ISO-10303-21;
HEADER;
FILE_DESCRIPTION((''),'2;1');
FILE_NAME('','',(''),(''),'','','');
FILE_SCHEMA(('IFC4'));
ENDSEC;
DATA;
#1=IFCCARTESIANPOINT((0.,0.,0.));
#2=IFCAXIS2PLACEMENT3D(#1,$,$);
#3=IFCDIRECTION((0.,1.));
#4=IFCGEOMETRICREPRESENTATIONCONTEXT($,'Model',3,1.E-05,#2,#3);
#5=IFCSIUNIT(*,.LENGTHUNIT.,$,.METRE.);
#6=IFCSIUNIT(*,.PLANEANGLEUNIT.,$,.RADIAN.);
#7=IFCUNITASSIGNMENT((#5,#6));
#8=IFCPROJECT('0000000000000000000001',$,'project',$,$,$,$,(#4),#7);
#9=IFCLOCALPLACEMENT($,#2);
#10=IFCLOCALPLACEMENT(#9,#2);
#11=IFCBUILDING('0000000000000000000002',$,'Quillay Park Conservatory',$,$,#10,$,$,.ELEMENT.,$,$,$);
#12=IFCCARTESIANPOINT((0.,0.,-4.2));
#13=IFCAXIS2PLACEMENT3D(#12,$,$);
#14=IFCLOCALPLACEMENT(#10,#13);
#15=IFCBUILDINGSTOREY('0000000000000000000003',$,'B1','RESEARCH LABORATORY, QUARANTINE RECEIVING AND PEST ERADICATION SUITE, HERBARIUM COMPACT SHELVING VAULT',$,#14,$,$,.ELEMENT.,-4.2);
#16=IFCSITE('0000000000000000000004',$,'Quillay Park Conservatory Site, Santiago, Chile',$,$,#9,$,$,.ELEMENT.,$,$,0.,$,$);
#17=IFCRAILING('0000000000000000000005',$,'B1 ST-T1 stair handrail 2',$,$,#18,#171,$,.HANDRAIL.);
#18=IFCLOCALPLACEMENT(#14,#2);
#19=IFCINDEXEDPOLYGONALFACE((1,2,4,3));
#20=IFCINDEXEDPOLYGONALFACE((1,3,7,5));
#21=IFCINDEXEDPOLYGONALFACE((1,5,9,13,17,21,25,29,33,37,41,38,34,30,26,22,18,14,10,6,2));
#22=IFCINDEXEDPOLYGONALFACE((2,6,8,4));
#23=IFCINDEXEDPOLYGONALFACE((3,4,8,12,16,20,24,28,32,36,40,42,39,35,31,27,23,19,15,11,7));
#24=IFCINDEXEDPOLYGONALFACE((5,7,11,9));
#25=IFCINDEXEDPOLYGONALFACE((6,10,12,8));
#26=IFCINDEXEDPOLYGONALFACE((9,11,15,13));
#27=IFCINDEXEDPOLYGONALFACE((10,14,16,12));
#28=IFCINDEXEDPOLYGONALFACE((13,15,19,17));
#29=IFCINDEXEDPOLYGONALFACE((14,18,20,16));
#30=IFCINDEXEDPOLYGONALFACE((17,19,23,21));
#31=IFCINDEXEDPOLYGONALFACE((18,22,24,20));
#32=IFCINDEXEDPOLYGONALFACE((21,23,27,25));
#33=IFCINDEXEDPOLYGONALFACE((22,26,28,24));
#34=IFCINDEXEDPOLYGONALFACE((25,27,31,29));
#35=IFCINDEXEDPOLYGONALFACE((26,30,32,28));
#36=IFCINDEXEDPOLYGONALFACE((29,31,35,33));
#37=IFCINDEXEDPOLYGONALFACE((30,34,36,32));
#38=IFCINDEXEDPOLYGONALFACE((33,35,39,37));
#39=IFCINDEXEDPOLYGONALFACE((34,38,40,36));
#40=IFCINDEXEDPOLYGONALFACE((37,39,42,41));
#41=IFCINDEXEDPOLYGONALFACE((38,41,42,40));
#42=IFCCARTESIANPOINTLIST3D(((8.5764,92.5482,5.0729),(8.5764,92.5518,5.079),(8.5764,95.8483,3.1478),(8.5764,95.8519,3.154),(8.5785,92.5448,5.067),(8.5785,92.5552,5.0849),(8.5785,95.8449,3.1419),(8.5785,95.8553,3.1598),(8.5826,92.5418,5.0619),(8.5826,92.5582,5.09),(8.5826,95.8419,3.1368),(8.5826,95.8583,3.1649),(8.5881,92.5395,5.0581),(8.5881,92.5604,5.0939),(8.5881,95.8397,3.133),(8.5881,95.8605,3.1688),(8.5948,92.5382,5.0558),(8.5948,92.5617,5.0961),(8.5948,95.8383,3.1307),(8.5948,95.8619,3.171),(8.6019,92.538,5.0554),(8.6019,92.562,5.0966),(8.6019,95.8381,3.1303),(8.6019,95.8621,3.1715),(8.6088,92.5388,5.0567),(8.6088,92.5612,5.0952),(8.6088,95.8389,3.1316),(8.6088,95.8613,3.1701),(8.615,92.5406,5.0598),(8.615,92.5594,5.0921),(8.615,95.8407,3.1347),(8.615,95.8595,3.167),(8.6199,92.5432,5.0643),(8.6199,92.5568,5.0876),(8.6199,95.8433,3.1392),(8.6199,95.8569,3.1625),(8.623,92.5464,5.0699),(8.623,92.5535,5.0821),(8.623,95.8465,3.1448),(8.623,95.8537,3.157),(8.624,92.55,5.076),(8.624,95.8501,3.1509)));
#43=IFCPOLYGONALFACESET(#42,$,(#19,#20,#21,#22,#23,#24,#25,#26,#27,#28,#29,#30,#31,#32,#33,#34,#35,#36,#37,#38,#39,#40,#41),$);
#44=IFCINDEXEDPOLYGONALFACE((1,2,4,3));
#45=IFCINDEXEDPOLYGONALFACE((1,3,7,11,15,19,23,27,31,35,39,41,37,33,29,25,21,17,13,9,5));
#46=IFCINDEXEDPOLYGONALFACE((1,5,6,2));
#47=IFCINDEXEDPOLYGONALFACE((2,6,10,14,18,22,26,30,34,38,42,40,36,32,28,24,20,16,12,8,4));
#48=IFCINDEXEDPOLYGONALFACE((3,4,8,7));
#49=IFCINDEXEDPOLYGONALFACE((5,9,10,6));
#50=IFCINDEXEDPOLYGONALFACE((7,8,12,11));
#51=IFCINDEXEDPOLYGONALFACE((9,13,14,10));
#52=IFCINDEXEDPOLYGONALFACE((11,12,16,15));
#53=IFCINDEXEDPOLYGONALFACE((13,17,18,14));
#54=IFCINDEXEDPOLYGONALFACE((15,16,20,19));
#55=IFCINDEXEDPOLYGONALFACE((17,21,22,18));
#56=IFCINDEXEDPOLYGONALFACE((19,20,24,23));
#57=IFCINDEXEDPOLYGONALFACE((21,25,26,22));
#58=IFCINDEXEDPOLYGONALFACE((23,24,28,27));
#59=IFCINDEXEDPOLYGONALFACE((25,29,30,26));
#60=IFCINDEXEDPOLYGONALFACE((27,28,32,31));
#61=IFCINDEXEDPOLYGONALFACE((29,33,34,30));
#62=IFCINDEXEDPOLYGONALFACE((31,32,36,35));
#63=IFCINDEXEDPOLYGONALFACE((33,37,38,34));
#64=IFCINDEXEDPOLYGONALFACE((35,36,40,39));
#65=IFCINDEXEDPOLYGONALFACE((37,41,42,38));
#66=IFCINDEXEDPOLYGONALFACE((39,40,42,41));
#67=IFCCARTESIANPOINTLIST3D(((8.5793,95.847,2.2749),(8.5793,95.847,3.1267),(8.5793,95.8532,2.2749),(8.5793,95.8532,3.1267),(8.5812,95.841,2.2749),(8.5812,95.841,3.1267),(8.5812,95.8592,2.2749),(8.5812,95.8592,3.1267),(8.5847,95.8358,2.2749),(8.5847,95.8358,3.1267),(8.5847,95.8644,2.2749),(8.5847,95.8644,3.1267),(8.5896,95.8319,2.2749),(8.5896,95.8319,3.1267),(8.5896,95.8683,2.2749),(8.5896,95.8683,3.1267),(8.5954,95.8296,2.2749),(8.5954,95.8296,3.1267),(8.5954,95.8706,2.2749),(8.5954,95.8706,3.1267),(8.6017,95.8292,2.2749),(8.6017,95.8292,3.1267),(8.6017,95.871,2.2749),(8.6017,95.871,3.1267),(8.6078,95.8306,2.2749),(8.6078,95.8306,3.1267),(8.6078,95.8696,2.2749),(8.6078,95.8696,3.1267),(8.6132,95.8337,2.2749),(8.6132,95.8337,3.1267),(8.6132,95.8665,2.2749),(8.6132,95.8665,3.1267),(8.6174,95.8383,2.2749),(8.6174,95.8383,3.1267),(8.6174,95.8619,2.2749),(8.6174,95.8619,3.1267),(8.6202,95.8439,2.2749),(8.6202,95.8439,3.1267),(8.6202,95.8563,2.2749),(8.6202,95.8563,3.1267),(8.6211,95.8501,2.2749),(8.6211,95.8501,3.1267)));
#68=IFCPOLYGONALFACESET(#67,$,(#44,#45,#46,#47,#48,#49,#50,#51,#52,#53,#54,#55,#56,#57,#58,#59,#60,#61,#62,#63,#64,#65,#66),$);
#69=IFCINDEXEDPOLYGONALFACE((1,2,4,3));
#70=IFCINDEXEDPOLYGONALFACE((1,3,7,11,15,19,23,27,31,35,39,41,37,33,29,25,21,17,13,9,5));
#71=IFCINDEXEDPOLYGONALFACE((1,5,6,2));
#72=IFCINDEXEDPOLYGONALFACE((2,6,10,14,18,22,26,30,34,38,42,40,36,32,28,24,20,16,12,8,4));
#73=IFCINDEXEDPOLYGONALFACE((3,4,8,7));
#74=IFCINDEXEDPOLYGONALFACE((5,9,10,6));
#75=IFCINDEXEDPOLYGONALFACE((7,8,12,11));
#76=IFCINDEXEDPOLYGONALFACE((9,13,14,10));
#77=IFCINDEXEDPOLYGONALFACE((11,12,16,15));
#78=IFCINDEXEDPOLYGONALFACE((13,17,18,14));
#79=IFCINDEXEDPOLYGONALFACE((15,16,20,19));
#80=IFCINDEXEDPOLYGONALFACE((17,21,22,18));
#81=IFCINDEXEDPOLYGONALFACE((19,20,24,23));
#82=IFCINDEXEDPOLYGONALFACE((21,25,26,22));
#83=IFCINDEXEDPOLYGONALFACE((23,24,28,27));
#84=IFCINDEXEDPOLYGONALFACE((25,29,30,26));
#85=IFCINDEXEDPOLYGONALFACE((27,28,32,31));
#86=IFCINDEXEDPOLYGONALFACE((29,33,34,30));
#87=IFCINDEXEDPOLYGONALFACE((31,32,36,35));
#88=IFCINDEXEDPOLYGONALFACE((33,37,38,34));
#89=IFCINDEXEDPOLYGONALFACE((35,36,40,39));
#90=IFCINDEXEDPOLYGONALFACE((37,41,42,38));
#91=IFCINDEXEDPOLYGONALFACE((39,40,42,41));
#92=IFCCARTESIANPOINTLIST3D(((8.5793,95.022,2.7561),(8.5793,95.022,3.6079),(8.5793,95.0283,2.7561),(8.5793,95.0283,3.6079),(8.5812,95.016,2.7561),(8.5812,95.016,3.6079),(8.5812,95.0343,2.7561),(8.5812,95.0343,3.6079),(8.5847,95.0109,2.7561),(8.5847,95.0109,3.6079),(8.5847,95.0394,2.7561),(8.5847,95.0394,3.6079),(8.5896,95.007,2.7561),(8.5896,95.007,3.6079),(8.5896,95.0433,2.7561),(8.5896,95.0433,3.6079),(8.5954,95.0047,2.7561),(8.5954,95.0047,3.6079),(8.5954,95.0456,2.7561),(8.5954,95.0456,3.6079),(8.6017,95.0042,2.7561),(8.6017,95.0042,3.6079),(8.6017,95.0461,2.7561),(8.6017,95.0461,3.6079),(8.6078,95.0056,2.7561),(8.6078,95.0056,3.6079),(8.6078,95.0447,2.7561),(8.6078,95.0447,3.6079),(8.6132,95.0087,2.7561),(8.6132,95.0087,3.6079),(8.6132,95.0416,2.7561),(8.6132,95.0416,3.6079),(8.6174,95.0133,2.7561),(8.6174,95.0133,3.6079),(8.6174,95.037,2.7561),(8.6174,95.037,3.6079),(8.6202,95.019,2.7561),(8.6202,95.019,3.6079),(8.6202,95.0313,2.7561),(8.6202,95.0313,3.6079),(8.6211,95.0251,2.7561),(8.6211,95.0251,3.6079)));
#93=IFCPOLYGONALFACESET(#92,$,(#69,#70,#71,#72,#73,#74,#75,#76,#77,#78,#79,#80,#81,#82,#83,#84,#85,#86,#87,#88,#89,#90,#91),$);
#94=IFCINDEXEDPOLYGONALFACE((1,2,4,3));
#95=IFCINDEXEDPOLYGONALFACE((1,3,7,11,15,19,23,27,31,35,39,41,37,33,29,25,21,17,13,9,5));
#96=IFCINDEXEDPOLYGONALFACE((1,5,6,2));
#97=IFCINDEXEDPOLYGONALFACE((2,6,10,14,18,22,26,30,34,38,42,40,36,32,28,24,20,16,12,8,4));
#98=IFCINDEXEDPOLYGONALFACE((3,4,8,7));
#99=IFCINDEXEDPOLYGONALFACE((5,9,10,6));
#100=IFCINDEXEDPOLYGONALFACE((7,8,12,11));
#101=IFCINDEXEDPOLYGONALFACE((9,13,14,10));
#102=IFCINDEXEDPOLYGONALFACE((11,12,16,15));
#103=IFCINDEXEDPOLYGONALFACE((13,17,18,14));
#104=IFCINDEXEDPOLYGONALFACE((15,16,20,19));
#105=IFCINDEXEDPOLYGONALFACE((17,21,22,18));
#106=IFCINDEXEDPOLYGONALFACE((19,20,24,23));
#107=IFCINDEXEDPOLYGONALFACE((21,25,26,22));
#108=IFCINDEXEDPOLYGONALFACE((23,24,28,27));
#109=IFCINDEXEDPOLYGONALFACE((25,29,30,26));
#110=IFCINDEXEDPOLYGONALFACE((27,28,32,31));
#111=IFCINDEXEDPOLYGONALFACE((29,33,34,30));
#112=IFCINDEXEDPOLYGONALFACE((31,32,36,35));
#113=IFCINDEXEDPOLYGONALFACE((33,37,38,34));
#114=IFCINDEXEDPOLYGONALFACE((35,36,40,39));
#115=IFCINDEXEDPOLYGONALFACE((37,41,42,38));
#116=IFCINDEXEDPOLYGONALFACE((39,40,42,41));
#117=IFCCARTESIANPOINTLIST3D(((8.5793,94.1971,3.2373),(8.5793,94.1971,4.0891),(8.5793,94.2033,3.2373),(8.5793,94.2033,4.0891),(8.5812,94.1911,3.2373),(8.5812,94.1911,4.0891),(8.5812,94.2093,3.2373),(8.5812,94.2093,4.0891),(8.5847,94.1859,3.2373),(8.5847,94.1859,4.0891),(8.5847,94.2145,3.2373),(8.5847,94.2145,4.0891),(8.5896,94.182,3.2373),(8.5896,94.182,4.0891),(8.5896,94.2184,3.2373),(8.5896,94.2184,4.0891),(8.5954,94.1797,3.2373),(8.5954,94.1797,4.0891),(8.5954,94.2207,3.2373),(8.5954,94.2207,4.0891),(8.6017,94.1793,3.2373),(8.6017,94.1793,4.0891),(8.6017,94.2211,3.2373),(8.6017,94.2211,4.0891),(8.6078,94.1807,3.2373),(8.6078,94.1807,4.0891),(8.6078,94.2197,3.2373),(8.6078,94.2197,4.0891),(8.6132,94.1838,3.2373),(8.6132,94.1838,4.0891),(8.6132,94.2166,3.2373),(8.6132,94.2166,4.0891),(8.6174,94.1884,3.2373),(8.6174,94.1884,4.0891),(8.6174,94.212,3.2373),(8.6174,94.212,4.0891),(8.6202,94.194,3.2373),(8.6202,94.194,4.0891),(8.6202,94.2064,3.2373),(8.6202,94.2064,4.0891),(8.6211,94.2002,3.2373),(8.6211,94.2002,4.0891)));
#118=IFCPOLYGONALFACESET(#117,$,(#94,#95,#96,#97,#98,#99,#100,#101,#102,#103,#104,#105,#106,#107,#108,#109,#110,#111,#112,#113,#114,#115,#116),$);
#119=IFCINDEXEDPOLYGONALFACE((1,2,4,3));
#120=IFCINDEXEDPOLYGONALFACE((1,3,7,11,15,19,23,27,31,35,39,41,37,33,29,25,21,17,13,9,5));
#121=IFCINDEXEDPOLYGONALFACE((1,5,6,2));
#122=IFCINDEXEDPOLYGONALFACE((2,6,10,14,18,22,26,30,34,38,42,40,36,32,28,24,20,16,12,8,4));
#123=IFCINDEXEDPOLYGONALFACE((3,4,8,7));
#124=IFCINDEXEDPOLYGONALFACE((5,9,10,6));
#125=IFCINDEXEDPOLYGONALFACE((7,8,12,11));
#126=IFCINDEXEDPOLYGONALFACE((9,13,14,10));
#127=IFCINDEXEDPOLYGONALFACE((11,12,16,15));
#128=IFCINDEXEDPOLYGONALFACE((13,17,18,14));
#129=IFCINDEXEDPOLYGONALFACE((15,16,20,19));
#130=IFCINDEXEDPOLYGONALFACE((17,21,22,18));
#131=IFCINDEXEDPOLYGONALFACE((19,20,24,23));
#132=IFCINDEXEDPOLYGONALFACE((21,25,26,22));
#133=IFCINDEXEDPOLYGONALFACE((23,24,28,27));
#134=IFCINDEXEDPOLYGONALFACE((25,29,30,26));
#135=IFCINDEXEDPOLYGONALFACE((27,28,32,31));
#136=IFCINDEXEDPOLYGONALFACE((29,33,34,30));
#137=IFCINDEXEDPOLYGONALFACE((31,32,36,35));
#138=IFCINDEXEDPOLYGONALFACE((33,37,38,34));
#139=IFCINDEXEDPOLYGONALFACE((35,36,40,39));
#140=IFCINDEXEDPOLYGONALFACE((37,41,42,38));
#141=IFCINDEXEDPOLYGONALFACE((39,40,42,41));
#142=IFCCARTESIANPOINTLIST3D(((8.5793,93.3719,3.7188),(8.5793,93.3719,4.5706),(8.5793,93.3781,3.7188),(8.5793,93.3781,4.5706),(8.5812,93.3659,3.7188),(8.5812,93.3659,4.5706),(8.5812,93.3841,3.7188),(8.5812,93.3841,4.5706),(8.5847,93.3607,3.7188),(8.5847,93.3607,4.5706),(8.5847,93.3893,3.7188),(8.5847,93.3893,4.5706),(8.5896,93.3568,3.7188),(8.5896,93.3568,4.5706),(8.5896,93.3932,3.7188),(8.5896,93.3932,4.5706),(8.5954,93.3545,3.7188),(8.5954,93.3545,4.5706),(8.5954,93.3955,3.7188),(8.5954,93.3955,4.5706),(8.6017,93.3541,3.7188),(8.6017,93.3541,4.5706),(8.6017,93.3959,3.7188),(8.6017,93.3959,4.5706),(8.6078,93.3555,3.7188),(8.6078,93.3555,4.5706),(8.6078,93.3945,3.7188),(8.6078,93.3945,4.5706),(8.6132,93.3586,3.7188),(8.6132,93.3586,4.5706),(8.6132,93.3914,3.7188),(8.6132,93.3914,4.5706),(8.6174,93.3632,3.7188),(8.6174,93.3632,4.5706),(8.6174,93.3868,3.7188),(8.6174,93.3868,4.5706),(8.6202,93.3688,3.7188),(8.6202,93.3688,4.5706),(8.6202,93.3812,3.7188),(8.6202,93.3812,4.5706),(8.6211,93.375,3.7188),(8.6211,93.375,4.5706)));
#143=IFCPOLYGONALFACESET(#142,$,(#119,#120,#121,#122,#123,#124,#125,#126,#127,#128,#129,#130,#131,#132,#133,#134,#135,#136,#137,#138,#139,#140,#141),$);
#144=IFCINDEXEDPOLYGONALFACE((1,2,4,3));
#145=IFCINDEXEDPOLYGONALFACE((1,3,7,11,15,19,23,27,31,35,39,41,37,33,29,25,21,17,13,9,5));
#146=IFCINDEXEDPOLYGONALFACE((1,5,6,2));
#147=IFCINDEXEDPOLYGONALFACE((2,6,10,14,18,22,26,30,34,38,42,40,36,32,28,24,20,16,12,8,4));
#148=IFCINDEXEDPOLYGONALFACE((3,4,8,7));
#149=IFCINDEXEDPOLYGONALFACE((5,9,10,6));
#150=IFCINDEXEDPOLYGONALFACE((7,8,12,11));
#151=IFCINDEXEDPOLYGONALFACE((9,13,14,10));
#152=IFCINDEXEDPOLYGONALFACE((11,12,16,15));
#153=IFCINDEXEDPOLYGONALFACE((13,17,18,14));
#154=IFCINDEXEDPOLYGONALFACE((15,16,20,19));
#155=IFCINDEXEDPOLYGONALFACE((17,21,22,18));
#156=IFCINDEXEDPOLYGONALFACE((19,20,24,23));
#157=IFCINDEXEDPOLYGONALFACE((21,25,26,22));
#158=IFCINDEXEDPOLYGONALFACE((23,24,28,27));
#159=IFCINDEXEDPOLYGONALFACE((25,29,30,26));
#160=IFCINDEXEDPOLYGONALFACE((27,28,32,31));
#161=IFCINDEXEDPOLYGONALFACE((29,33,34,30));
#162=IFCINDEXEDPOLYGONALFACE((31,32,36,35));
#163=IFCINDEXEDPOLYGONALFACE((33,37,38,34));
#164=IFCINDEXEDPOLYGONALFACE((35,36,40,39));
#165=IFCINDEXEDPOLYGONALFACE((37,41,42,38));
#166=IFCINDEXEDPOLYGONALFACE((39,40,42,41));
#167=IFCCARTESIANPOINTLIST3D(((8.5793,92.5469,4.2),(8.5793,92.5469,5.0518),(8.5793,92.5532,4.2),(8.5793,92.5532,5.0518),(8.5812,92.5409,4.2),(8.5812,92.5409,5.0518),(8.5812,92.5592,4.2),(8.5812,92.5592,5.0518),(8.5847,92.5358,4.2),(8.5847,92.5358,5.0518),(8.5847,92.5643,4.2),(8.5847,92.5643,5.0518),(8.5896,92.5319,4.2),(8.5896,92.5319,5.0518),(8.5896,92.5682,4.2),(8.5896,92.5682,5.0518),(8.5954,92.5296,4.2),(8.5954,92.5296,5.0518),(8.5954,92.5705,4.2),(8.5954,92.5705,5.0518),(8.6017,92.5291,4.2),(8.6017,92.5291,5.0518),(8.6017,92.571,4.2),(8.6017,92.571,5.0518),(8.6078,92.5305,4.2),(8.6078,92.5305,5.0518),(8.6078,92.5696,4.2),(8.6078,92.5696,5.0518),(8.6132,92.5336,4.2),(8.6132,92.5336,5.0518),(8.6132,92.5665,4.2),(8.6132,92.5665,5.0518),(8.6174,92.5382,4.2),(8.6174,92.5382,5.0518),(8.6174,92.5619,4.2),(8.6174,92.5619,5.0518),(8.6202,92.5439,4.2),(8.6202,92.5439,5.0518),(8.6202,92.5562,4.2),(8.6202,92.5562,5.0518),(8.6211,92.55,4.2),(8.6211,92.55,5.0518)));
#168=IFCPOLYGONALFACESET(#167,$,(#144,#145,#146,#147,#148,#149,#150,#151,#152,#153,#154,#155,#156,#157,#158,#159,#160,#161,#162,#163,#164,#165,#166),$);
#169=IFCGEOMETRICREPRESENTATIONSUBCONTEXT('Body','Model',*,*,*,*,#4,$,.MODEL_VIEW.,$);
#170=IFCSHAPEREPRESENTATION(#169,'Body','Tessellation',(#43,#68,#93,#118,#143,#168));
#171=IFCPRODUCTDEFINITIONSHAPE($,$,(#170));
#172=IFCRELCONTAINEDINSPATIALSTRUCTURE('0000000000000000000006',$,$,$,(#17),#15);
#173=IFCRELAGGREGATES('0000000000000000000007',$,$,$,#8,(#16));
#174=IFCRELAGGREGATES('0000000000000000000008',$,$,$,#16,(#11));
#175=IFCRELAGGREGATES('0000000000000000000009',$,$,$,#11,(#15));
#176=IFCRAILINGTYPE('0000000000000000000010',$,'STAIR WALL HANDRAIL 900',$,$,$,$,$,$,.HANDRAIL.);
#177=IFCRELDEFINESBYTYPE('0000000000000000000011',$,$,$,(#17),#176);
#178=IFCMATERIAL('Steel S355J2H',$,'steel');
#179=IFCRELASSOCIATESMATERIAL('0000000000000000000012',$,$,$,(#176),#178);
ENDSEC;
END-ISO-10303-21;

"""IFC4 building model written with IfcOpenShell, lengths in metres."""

from ifc_helpers import new_model, si_unit, direction, frame, origin, origin_2d, place, context, subcontext, project, spatial, circle, extrude, material, type_object, element, save


model = new_model("IFC4")

# Units and contexts
model_context = context("Model", 3, precision=1e-05, world=origin(), true_north=direction((0.0, 1.0)))
body_context = subcontext(model_context, "Body", "Model", "MODEL_VIEW")
ifc_project = project(units=[si_unit("LENGTHUNIT", "METRE"), si_unit("PLANEANGLEUNIT", "RADIAN")], contexts=[model_context])

# Site, building, storey
site_placement = place(None, origin())
site = spatial("IfcSite", under=ifc_project, at=site_placement, Name="Quillay Park Conservatory Site, Santiago, Chile", CompositionType="ELEMENT", RefElevation=0.0)
building_placement = place(site_placement, origin())
building = spatial("IfcBuilding", under=site, at=building_placement, Name="Quillay Park Conservatory", CompositionType="ELEMENT")
storey_placement = place(building_placement, frame((0.0, 0.0, -4.2)))
storey = spatial("IfcBuildingStorey", under=building, at=storey_placement, Name="B1", Description="RESEARCH LABORATORY, QUARANTINE RECEIVING AND PEST ERADICATION SUITE, HERBARIUM COMPACT SHELVING VAULT", CompositionType="ELEMENT", Elevation=-4.2)

# Railing
ifc_material_1 = material(Name="Steel S355J2H", Category="steel")
railing_type_1 = type_object("IfcRailingType", Name="STAIR WALL HANDRAIL 900", PredefinedType="HANDRAIL", material=ifc_material_1)
railing_1_placement = place(storey_placement, frame((8.6001, 95.8501, 2.2749)))
element("IfcRailing", 1, at=railing_1_placement, inside=storey, type_object=railing_type_1, Name="B1 ST-T1 stair handrail 2", PredefinedType="HANDRAIL", context=body_context, shape_type="SweptSolid", body=[
    extrude(circle(Radius=0.0239, at=origin_2d()), frame((0.0, 0.0, 0.876), z_axis=(0.0, -0.863777, 0.503875), x_axis=(1.0, 0.0, 0.0)), (0.0, 0.0, 1.0), 3.8206),
    extrude(circle(Radius=0.021, at=origin_2d()), origin(), (0.0, 0.0, 1.0), 0.8518),
    extrude(circle(Radius=0.021, at=origin_2d()), frame((0.0, -0.825, 0.4812)), (0.0, 0.0, 1.0), 0.8518),
    extrude(circle(Radius=0.021, at=origin_2d()), frame((0.0, -1.6499, 0.9624)), (0.0, 0.0, 1.0), 0.8518),
    extrude(circle(Radius=0.021, at=origin_2d()), frame((0.0, -2.4751, 1.4438)), (0.0, 0.0, 1.0), 0.8518),
    extrude(circle(Radius=0.021, at=origin_2d()), frame((0.0, -3.3, 1.925)), (0.0, 0.0, 1.0), 0.8518),
])

save(model, "model.ifc")
